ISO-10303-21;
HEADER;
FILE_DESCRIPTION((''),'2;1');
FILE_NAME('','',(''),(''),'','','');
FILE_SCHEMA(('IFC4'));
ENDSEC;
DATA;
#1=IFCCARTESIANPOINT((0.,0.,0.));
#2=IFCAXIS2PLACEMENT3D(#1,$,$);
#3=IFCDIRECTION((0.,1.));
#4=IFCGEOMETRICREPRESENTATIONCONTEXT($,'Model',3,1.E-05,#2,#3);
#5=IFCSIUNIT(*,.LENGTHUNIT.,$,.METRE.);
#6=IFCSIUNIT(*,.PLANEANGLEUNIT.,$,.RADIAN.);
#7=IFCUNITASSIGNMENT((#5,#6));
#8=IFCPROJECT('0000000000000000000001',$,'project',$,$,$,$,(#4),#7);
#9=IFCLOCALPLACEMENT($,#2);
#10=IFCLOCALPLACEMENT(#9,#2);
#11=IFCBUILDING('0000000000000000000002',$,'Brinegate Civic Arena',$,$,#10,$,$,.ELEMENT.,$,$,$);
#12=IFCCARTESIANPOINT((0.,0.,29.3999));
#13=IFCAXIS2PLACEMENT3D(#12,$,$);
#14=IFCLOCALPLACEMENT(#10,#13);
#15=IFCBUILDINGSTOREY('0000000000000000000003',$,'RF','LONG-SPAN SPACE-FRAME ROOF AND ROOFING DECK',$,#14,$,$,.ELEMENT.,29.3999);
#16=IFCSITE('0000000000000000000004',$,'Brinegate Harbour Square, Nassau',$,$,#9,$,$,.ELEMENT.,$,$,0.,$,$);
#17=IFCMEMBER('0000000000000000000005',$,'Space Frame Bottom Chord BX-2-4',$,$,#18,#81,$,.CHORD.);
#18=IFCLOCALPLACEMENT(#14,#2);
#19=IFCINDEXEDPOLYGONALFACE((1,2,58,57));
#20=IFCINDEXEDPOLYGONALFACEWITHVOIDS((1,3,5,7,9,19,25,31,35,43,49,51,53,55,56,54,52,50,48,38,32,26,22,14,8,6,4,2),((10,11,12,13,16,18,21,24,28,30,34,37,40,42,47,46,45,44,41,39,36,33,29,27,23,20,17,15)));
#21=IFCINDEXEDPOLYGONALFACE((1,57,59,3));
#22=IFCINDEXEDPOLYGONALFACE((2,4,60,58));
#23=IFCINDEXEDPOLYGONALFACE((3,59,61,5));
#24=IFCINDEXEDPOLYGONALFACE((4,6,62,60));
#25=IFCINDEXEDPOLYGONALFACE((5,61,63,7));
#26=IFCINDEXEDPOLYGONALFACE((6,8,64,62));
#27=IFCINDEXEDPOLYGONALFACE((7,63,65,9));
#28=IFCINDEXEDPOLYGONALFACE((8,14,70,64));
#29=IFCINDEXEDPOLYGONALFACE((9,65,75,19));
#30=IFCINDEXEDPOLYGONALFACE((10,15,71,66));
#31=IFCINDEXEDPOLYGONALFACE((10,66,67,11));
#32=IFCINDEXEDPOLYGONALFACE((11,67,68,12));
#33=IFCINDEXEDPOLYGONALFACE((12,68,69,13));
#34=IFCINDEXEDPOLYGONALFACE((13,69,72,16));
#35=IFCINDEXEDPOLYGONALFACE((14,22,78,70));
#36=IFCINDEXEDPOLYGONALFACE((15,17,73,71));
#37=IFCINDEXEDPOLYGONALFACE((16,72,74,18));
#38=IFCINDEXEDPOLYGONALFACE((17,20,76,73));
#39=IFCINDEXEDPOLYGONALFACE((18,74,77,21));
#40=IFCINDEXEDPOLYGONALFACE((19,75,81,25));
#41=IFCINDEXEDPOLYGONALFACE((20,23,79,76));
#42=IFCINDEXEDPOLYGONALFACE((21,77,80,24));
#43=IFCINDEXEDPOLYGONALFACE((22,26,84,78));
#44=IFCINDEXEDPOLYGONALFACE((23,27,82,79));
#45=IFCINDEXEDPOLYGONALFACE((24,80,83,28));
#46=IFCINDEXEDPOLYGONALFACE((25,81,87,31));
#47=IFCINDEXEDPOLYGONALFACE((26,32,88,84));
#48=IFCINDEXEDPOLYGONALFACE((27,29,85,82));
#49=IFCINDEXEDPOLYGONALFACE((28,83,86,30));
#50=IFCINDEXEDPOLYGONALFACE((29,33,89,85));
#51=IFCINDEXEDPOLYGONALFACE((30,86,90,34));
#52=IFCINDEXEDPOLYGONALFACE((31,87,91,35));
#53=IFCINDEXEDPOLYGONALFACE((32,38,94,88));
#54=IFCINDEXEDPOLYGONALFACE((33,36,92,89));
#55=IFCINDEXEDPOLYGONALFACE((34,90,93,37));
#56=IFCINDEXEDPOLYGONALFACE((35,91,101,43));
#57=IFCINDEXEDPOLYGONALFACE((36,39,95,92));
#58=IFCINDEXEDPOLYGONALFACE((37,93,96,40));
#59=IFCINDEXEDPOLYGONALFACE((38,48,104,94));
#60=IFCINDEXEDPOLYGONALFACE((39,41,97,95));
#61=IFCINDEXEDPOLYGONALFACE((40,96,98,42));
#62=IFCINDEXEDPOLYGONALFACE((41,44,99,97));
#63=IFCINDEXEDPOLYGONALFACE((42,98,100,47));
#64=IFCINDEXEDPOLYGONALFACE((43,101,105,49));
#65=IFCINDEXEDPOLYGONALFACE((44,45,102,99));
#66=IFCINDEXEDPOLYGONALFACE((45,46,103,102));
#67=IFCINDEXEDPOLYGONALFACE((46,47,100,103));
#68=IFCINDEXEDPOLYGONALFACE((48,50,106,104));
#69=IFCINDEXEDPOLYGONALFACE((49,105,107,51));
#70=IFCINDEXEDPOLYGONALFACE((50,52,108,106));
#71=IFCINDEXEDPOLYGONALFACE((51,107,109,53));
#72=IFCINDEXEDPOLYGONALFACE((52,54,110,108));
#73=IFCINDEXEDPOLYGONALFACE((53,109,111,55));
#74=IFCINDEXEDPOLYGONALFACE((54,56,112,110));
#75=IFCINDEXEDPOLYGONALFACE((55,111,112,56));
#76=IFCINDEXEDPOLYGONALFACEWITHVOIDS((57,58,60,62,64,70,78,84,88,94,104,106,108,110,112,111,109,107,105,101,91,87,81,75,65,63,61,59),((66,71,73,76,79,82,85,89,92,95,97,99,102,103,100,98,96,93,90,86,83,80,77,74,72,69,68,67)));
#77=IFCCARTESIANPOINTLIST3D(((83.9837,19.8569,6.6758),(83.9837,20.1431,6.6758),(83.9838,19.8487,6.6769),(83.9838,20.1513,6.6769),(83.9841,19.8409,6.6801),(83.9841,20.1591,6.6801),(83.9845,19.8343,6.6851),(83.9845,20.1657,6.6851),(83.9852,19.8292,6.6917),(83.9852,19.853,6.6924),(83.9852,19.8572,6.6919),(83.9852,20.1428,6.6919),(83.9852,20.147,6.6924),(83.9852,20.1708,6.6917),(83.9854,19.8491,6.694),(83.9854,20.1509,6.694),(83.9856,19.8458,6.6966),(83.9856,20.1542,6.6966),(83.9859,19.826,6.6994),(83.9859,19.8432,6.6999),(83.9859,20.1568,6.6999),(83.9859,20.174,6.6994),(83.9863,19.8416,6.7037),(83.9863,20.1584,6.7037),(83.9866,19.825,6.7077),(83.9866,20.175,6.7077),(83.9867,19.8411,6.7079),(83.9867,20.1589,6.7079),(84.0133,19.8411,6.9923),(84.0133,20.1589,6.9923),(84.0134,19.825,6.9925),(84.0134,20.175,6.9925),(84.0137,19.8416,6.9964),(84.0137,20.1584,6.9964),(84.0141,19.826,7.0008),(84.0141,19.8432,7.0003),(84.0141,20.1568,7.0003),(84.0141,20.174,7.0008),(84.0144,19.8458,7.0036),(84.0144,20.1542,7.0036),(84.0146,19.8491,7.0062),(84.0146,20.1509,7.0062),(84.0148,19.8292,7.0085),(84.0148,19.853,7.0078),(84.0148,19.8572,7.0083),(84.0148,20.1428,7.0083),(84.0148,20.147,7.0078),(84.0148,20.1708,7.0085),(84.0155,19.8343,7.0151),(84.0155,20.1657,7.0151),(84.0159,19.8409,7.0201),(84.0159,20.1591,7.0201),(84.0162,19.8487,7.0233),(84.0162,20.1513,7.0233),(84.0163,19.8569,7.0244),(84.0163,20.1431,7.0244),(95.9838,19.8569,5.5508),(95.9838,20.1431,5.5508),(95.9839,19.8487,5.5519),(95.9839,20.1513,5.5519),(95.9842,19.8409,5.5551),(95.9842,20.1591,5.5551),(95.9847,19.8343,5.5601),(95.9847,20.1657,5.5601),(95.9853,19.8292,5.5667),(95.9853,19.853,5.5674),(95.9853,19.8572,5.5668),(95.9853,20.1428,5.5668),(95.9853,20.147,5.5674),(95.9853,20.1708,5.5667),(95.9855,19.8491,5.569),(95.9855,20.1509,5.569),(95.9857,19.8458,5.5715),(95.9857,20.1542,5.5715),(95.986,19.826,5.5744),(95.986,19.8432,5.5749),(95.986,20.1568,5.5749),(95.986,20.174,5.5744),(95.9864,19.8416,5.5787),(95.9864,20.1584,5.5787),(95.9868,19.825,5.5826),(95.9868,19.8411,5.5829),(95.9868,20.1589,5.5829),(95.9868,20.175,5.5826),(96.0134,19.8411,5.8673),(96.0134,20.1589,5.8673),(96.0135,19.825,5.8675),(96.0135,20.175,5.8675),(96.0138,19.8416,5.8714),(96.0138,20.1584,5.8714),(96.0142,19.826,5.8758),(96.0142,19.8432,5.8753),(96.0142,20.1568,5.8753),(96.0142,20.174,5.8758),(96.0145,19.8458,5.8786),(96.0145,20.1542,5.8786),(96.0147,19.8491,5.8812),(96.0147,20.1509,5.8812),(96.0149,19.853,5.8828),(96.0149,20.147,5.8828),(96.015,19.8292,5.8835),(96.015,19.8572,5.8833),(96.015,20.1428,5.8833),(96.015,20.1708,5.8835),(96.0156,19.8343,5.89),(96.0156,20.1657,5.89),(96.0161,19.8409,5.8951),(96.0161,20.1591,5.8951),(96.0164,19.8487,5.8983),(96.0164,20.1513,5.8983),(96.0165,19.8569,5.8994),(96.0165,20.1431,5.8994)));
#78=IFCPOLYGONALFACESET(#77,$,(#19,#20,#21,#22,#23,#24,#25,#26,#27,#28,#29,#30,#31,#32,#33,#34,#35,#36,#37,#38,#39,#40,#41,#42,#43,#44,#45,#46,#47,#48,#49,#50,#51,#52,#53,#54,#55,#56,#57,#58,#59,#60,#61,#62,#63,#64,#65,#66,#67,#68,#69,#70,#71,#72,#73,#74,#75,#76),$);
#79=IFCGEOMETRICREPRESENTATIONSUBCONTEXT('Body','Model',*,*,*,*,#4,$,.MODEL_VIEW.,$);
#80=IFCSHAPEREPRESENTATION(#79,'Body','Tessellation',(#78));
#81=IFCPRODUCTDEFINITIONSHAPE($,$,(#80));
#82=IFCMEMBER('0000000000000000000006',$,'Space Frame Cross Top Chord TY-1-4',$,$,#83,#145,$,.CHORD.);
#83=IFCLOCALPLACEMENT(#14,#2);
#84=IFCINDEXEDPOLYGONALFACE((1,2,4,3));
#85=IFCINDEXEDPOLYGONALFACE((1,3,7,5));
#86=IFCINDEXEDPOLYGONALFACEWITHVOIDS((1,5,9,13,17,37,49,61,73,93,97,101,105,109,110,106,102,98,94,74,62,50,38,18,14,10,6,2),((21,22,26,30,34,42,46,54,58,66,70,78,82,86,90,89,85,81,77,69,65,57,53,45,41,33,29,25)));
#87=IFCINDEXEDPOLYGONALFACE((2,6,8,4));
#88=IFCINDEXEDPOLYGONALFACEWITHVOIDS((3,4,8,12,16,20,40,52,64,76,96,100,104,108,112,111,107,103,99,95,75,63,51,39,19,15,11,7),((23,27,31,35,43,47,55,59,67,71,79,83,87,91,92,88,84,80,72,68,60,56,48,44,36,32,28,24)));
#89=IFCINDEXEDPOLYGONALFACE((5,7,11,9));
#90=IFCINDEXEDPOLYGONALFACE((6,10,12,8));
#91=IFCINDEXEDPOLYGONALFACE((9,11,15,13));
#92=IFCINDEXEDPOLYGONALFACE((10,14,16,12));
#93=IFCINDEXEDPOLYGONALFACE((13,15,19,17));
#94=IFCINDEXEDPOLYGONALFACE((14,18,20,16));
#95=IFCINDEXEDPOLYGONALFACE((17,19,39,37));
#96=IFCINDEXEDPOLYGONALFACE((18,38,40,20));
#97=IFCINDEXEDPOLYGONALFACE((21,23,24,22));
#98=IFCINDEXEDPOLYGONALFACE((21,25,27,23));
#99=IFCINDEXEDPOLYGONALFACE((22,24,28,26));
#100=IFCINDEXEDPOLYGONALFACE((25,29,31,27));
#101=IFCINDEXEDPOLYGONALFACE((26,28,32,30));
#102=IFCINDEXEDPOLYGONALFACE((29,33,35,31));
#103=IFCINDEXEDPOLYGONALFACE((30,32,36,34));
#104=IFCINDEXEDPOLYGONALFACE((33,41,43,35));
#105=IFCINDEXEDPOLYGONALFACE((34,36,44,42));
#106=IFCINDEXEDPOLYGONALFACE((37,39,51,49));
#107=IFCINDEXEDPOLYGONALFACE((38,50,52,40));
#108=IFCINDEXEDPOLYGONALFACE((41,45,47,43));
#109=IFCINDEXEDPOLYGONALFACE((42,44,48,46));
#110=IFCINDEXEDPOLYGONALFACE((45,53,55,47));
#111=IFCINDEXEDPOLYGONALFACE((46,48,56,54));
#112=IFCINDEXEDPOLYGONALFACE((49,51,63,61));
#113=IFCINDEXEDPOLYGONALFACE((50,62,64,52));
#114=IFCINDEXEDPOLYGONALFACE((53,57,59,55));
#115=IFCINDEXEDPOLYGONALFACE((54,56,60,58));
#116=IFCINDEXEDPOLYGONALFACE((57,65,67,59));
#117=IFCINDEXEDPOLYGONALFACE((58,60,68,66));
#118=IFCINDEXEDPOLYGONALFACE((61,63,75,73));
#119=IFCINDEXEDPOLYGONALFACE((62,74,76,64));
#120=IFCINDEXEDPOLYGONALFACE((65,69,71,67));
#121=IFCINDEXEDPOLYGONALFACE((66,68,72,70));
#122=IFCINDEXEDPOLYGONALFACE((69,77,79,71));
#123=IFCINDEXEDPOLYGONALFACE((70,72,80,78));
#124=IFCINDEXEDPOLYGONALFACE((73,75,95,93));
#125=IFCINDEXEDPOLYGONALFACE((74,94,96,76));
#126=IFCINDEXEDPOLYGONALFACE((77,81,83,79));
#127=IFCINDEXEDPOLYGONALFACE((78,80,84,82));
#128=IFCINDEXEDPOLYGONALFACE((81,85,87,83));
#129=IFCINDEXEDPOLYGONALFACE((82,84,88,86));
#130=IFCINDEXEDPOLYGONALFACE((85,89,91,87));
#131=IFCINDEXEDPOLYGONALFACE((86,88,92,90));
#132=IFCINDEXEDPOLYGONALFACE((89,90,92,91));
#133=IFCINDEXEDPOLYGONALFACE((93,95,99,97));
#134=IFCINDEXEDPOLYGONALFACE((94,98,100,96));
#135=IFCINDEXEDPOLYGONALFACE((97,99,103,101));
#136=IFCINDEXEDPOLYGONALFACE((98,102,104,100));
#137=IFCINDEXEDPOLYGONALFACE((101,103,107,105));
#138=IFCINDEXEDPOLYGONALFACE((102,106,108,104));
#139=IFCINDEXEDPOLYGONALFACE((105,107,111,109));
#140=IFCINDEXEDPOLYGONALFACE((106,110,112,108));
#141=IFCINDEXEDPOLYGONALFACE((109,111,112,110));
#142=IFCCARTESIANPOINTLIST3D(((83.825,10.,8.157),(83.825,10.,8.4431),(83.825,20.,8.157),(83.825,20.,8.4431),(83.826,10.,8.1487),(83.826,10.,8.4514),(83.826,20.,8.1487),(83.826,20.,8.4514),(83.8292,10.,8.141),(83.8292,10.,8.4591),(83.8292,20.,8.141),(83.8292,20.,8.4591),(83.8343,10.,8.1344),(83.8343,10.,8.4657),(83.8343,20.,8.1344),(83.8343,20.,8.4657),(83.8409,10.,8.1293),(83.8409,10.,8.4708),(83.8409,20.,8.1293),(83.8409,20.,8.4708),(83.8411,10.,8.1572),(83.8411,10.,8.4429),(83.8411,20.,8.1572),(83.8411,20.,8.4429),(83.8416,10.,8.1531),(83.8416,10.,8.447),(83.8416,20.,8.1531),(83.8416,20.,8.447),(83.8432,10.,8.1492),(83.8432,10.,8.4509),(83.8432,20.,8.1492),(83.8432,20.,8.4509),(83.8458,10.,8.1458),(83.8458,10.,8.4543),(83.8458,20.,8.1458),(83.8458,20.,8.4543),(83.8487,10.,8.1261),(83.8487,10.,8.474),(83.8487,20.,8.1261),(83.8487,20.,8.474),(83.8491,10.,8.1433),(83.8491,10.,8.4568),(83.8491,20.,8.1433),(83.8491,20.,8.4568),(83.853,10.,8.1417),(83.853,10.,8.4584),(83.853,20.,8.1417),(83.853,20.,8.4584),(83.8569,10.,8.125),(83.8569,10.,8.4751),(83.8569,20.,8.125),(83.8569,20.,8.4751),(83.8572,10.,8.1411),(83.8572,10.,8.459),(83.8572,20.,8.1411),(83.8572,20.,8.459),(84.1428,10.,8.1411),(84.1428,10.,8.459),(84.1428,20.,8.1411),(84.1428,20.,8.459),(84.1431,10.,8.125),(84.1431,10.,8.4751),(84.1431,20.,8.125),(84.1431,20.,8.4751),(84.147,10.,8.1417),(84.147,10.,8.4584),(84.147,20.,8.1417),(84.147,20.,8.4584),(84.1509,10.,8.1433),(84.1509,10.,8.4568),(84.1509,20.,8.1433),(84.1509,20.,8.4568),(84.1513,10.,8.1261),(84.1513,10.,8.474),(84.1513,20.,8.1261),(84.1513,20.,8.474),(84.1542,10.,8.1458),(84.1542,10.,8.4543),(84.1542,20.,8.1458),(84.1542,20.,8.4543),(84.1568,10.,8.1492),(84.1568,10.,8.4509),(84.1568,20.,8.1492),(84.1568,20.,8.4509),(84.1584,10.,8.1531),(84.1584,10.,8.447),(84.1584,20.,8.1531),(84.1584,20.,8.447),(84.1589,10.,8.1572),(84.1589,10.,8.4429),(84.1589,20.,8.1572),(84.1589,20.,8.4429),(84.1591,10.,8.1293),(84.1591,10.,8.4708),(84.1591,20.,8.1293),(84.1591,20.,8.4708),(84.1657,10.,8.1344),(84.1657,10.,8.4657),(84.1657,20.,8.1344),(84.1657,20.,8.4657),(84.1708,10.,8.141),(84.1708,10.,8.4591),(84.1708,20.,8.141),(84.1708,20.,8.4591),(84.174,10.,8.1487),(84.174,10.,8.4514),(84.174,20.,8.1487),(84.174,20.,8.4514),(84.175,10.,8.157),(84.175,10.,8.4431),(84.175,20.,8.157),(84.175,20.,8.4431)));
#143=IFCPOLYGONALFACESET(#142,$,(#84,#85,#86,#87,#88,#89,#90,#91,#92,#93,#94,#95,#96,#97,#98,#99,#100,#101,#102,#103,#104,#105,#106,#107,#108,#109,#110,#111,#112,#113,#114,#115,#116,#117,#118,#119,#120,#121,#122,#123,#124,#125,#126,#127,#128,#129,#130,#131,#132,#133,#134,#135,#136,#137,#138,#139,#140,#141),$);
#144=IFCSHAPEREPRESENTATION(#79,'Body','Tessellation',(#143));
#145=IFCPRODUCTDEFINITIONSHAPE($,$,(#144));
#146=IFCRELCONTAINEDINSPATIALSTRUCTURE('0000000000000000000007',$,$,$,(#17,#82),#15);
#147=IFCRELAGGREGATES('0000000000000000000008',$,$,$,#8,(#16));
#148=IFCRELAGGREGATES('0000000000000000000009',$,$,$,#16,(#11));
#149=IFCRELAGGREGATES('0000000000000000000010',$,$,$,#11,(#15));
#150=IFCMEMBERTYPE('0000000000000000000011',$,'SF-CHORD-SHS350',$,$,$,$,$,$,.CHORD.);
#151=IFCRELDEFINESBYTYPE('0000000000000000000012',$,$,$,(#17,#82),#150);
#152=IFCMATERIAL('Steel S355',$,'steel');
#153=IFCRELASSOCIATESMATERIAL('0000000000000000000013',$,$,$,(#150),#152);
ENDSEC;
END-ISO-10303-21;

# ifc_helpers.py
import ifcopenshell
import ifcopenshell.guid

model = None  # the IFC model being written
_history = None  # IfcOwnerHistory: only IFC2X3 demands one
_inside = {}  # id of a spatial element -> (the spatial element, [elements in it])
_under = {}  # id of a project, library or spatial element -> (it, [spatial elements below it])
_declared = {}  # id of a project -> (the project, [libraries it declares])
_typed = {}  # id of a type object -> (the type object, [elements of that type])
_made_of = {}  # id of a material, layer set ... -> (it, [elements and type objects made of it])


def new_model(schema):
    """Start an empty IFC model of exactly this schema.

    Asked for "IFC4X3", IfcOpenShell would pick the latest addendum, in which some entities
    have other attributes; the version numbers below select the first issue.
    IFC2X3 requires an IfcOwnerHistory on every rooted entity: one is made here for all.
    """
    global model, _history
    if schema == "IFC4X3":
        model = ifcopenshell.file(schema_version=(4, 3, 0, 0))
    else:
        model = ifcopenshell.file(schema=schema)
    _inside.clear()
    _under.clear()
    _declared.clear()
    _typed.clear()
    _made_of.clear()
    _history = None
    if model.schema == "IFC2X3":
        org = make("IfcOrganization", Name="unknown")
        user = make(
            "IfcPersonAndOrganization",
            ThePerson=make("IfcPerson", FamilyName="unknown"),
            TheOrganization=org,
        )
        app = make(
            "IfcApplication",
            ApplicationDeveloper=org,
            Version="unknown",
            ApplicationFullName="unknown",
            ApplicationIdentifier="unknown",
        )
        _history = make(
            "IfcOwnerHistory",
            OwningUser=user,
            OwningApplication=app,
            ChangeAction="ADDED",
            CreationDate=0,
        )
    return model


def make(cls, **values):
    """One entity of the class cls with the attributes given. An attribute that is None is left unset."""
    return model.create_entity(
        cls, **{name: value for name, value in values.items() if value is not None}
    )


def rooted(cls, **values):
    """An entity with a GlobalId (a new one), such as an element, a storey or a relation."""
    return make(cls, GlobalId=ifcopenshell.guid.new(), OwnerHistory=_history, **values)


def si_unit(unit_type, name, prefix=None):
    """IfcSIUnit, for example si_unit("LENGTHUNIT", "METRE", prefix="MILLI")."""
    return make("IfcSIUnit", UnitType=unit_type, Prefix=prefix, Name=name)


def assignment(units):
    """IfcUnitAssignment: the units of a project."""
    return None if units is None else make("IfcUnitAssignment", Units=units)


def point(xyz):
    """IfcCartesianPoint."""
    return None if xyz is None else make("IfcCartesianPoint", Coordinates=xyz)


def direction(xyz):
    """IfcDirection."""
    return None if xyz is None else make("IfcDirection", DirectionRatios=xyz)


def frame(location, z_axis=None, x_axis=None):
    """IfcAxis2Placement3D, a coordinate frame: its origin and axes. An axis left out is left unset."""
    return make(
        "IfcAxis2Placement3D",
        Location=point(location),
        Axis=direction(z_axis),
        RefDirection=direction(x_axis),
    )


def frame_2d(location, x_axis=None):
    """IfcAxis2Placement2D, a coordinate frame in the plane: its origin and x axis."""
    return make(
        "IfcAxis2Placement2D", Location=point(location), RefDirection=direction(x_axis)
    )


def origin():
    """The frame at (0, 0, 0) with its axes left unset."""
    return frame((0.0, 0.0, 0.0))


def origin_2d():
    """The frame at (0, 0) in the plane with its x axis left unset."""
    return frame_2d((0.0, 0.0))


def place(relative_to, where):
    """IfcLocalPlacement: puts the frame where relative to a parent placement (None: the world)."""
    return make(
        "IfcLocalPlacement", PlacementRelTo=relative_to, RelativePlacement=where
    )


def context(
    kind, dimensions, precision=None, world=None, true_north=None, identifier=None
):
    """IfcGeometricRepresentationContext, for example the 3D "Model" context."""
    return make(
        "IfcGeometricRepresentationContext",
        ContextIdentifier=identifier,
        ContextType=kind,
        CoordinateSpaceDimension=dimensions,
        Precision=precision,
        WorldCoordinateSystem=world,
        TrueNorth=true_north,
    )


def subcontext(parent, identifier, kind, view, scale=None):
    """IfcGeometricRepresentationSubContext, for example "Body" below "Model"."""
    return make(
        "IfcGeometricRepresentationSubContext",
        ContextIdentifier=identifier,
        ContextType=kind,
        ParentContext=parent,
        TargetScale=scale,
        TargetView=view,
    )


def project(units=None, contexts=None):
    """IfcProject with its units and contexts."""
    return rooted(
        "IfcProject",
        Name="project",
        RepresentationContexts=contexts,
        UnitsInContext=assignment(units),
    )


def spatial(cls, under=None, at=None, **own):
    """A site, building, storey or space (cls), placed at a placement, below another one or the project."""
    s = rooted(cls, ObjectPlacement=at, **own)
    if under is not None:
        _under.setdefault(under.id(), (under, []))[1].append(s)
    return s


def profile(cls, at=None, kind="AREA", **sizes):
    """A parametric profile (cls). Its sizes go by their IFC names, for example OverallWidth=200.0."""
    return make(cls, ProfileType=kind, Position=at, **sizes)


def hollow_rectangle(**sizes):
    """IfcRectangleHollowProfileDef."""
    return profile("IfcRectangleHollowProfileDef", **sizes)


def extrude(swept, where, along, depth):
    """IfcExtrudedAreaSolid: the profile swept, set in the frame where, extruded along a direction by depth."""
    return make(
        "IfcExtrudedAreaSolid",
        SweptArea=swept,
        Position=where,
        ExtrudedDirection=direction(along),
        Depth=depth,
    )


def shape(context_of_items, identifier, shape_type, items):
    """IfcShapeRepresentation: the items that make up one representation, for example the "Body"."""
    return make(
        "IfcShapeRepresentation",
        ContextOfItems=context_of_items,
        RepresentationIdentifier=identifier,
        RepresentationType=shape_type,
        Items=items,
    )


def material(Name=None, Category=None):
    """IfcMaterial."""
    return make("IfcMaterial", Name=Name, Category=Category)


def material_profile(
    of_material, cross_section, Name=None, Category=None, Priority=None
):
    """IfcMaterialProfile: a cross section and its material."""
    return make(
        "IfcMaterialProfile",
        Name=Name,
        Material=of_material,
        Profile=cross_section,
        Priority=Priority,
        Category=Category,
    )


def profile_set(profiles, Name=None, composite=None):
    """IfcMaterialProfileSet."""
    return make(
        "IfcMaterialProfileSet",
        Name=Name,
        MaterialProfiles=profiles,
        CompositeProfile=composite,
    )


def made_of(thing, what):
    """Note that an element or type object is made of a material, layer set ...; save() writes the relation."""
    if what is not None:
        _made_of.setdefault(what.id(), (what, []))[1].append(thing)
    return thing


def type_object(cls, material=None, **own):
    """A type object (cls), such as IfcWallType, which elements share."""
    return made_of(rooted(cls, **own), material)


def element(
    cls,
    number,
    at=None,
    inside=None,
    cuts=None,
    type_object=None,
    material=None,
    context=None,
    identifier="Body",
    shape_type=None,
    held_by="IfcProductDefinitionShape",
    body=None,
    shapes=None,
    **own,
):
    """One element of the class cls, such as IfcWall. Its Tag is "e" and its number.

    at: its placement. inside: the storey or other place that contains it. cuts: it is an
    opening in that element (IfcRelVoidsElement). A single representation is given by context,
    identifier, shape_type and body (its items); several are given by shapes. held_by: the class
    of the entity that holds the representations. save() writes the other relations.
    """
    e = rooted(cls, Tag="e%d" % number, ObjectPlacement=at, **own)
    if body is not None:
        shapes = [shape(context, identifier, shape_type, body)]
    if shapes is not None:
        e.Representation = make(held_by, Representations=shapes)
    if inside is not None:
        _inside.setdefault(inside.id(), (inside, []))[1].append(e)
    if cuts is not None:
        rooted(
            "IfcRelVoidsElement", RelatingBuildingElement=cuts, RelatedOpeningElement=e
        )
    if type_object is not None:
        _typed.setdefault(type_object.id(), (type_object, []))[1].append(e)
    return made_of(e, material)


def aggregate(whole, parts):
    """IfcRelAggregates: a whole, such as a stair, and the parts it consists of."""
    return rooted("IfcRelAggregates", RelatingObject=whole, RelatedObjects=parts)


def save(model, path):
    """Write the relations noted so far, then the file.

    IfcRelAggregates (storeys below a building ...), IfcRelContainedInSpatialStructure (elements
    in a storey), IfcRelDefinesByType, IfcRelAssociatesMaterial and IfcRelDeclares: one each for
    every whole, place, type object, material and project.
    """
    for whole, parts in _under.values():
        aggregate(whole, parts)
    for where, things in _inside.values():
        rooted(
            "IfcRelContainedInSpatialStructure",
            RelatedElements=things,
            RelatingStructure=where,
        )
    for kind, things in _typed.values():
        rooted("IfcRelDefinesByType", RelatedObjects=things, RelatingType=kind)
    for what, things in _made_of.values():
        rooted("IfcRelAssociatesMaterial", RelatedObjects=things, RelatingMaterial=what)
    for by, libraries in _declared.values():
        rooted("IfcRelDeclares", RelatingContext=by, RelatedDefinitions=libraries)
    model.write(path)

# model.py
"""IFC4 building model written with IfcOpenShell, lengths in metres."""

from ifc_helpers import new_model, si_unit, direction, frame, origin, origin_2d, place, context, subcontext, project, spatial, hollow_rectangle, extrude, material, material_profile, profile_set, type_object, element, save


model = new_model("IFC4")

# Units and contexts
model_context = context("Model", 3, precision=1e-05, world=origin(), true_north=direction((0.0, 1.0)))
body_context = subcontext(model_context, "Body", "Model", "MODEL_VIEW")
ifc_project = project(units=[si_unit("LENGTHUNIT", "METRE"), si_unit("PLANEANGLEUNIT", "RADIAN")], contexts=[model_context])

# Site, building, storey
site_placement = place(None, origin())
site = spatial("IfcSite", under=ifc_project, at=site_placement, Name="Brinegate Harbour Square, Nassau", CompositionType="ELEMENT", RefElevation=0.0)
building_placement = place(site_placement, origin())
building = spatial("IfcBuilding", under=site, at=building_placement, Name="Brinegate Civic Arena", CompositionType="ELEMENT")
storey_placement = place(building_placement, frame((0.0, 0.0, 29.3999)))
storey = spatial("IfcBuildingStorey", under=building, at=storey_placement, Name="RF", Description="LONG-SPAN SPACE-FRAME ROOF AND ROOFING DECK", CompositionType="ELEMENT", Elevation=29.3999)

# Shared definitions
ifc_material_1 = material(Name="Steel S355", Category="steel")

# Members
ifc_material_profile_1 = material_profile(ifc_material_1, hollow_rectangle(XDim=0.3501, YDim=0.3501, WallThickness=0.0161, InnerFilletRadius=0.0161, OuterFilletRadius=0.032, at=origin_2d()), Name="SHS350X16")
ifc_profile_set_1 = profile_set([ifc_material_profile_1], Name="Steel S355")
member_type_1 = type_object("IfcMemberType", Name="SF-CHORD-SHS350", PredefinedType="CHORD", material=ifc_profile_set_1)
for number, where, z_axis, x_axis, name in (
    (1, (84.0, 20.0, 6.8501), (0.995634, 0.0, -0.093341), (0.0, 1.0, 0.0), "Space Frame Bottom Chord BX-2-4"),
):
    element("IfcMember", number, at=place(storey_placement, frame(where, z_axis=z_axis, x_axis=x_axis)), inside=storey, type_object=member_type_1, Name=name, PredefinedType="CHORD", context=body_context, shape_type="SweptSolid", body=[
        extrude(hollow_rectangle(XDim=0.3501, YDim=0.3501, WallThickness=0.0161, InnerFilletRadius=0.0161, OuterFilletRadius=0.032, at=origin_2d()), origin(), (0.0, 0.0, 1.0), 12.0527),
    ])
for number, where, z_axis, x_axis, name in (
    (2, (84.0, 10.0, 8.3), (0.0, 1.0, 0.0), (-1.0, 0.0, 0.0), "Space Frame Cross Top Chord TY-1-4"),
):
    element("IfcMember", number, at=place(storey_placement, frame(where, z_axis=z_axis, x_axis=x_axis)), inside=storey, type_object=member_type_1, Name=name, PredefinedType="CHORD", context=body_context, shape_type="SweptSolid", body=[
        extrude(hollow_rectangle(XDim=0.3501, YDim=0.3501, WallThickness=0.0161, InnerFilletRadius=0.0161, OuterFilletRadius=0.032, at=origin_2d()), origin(), (0.0, 0.0, 1.0), 10.0),
    ])

save(model, "model.ifc")
